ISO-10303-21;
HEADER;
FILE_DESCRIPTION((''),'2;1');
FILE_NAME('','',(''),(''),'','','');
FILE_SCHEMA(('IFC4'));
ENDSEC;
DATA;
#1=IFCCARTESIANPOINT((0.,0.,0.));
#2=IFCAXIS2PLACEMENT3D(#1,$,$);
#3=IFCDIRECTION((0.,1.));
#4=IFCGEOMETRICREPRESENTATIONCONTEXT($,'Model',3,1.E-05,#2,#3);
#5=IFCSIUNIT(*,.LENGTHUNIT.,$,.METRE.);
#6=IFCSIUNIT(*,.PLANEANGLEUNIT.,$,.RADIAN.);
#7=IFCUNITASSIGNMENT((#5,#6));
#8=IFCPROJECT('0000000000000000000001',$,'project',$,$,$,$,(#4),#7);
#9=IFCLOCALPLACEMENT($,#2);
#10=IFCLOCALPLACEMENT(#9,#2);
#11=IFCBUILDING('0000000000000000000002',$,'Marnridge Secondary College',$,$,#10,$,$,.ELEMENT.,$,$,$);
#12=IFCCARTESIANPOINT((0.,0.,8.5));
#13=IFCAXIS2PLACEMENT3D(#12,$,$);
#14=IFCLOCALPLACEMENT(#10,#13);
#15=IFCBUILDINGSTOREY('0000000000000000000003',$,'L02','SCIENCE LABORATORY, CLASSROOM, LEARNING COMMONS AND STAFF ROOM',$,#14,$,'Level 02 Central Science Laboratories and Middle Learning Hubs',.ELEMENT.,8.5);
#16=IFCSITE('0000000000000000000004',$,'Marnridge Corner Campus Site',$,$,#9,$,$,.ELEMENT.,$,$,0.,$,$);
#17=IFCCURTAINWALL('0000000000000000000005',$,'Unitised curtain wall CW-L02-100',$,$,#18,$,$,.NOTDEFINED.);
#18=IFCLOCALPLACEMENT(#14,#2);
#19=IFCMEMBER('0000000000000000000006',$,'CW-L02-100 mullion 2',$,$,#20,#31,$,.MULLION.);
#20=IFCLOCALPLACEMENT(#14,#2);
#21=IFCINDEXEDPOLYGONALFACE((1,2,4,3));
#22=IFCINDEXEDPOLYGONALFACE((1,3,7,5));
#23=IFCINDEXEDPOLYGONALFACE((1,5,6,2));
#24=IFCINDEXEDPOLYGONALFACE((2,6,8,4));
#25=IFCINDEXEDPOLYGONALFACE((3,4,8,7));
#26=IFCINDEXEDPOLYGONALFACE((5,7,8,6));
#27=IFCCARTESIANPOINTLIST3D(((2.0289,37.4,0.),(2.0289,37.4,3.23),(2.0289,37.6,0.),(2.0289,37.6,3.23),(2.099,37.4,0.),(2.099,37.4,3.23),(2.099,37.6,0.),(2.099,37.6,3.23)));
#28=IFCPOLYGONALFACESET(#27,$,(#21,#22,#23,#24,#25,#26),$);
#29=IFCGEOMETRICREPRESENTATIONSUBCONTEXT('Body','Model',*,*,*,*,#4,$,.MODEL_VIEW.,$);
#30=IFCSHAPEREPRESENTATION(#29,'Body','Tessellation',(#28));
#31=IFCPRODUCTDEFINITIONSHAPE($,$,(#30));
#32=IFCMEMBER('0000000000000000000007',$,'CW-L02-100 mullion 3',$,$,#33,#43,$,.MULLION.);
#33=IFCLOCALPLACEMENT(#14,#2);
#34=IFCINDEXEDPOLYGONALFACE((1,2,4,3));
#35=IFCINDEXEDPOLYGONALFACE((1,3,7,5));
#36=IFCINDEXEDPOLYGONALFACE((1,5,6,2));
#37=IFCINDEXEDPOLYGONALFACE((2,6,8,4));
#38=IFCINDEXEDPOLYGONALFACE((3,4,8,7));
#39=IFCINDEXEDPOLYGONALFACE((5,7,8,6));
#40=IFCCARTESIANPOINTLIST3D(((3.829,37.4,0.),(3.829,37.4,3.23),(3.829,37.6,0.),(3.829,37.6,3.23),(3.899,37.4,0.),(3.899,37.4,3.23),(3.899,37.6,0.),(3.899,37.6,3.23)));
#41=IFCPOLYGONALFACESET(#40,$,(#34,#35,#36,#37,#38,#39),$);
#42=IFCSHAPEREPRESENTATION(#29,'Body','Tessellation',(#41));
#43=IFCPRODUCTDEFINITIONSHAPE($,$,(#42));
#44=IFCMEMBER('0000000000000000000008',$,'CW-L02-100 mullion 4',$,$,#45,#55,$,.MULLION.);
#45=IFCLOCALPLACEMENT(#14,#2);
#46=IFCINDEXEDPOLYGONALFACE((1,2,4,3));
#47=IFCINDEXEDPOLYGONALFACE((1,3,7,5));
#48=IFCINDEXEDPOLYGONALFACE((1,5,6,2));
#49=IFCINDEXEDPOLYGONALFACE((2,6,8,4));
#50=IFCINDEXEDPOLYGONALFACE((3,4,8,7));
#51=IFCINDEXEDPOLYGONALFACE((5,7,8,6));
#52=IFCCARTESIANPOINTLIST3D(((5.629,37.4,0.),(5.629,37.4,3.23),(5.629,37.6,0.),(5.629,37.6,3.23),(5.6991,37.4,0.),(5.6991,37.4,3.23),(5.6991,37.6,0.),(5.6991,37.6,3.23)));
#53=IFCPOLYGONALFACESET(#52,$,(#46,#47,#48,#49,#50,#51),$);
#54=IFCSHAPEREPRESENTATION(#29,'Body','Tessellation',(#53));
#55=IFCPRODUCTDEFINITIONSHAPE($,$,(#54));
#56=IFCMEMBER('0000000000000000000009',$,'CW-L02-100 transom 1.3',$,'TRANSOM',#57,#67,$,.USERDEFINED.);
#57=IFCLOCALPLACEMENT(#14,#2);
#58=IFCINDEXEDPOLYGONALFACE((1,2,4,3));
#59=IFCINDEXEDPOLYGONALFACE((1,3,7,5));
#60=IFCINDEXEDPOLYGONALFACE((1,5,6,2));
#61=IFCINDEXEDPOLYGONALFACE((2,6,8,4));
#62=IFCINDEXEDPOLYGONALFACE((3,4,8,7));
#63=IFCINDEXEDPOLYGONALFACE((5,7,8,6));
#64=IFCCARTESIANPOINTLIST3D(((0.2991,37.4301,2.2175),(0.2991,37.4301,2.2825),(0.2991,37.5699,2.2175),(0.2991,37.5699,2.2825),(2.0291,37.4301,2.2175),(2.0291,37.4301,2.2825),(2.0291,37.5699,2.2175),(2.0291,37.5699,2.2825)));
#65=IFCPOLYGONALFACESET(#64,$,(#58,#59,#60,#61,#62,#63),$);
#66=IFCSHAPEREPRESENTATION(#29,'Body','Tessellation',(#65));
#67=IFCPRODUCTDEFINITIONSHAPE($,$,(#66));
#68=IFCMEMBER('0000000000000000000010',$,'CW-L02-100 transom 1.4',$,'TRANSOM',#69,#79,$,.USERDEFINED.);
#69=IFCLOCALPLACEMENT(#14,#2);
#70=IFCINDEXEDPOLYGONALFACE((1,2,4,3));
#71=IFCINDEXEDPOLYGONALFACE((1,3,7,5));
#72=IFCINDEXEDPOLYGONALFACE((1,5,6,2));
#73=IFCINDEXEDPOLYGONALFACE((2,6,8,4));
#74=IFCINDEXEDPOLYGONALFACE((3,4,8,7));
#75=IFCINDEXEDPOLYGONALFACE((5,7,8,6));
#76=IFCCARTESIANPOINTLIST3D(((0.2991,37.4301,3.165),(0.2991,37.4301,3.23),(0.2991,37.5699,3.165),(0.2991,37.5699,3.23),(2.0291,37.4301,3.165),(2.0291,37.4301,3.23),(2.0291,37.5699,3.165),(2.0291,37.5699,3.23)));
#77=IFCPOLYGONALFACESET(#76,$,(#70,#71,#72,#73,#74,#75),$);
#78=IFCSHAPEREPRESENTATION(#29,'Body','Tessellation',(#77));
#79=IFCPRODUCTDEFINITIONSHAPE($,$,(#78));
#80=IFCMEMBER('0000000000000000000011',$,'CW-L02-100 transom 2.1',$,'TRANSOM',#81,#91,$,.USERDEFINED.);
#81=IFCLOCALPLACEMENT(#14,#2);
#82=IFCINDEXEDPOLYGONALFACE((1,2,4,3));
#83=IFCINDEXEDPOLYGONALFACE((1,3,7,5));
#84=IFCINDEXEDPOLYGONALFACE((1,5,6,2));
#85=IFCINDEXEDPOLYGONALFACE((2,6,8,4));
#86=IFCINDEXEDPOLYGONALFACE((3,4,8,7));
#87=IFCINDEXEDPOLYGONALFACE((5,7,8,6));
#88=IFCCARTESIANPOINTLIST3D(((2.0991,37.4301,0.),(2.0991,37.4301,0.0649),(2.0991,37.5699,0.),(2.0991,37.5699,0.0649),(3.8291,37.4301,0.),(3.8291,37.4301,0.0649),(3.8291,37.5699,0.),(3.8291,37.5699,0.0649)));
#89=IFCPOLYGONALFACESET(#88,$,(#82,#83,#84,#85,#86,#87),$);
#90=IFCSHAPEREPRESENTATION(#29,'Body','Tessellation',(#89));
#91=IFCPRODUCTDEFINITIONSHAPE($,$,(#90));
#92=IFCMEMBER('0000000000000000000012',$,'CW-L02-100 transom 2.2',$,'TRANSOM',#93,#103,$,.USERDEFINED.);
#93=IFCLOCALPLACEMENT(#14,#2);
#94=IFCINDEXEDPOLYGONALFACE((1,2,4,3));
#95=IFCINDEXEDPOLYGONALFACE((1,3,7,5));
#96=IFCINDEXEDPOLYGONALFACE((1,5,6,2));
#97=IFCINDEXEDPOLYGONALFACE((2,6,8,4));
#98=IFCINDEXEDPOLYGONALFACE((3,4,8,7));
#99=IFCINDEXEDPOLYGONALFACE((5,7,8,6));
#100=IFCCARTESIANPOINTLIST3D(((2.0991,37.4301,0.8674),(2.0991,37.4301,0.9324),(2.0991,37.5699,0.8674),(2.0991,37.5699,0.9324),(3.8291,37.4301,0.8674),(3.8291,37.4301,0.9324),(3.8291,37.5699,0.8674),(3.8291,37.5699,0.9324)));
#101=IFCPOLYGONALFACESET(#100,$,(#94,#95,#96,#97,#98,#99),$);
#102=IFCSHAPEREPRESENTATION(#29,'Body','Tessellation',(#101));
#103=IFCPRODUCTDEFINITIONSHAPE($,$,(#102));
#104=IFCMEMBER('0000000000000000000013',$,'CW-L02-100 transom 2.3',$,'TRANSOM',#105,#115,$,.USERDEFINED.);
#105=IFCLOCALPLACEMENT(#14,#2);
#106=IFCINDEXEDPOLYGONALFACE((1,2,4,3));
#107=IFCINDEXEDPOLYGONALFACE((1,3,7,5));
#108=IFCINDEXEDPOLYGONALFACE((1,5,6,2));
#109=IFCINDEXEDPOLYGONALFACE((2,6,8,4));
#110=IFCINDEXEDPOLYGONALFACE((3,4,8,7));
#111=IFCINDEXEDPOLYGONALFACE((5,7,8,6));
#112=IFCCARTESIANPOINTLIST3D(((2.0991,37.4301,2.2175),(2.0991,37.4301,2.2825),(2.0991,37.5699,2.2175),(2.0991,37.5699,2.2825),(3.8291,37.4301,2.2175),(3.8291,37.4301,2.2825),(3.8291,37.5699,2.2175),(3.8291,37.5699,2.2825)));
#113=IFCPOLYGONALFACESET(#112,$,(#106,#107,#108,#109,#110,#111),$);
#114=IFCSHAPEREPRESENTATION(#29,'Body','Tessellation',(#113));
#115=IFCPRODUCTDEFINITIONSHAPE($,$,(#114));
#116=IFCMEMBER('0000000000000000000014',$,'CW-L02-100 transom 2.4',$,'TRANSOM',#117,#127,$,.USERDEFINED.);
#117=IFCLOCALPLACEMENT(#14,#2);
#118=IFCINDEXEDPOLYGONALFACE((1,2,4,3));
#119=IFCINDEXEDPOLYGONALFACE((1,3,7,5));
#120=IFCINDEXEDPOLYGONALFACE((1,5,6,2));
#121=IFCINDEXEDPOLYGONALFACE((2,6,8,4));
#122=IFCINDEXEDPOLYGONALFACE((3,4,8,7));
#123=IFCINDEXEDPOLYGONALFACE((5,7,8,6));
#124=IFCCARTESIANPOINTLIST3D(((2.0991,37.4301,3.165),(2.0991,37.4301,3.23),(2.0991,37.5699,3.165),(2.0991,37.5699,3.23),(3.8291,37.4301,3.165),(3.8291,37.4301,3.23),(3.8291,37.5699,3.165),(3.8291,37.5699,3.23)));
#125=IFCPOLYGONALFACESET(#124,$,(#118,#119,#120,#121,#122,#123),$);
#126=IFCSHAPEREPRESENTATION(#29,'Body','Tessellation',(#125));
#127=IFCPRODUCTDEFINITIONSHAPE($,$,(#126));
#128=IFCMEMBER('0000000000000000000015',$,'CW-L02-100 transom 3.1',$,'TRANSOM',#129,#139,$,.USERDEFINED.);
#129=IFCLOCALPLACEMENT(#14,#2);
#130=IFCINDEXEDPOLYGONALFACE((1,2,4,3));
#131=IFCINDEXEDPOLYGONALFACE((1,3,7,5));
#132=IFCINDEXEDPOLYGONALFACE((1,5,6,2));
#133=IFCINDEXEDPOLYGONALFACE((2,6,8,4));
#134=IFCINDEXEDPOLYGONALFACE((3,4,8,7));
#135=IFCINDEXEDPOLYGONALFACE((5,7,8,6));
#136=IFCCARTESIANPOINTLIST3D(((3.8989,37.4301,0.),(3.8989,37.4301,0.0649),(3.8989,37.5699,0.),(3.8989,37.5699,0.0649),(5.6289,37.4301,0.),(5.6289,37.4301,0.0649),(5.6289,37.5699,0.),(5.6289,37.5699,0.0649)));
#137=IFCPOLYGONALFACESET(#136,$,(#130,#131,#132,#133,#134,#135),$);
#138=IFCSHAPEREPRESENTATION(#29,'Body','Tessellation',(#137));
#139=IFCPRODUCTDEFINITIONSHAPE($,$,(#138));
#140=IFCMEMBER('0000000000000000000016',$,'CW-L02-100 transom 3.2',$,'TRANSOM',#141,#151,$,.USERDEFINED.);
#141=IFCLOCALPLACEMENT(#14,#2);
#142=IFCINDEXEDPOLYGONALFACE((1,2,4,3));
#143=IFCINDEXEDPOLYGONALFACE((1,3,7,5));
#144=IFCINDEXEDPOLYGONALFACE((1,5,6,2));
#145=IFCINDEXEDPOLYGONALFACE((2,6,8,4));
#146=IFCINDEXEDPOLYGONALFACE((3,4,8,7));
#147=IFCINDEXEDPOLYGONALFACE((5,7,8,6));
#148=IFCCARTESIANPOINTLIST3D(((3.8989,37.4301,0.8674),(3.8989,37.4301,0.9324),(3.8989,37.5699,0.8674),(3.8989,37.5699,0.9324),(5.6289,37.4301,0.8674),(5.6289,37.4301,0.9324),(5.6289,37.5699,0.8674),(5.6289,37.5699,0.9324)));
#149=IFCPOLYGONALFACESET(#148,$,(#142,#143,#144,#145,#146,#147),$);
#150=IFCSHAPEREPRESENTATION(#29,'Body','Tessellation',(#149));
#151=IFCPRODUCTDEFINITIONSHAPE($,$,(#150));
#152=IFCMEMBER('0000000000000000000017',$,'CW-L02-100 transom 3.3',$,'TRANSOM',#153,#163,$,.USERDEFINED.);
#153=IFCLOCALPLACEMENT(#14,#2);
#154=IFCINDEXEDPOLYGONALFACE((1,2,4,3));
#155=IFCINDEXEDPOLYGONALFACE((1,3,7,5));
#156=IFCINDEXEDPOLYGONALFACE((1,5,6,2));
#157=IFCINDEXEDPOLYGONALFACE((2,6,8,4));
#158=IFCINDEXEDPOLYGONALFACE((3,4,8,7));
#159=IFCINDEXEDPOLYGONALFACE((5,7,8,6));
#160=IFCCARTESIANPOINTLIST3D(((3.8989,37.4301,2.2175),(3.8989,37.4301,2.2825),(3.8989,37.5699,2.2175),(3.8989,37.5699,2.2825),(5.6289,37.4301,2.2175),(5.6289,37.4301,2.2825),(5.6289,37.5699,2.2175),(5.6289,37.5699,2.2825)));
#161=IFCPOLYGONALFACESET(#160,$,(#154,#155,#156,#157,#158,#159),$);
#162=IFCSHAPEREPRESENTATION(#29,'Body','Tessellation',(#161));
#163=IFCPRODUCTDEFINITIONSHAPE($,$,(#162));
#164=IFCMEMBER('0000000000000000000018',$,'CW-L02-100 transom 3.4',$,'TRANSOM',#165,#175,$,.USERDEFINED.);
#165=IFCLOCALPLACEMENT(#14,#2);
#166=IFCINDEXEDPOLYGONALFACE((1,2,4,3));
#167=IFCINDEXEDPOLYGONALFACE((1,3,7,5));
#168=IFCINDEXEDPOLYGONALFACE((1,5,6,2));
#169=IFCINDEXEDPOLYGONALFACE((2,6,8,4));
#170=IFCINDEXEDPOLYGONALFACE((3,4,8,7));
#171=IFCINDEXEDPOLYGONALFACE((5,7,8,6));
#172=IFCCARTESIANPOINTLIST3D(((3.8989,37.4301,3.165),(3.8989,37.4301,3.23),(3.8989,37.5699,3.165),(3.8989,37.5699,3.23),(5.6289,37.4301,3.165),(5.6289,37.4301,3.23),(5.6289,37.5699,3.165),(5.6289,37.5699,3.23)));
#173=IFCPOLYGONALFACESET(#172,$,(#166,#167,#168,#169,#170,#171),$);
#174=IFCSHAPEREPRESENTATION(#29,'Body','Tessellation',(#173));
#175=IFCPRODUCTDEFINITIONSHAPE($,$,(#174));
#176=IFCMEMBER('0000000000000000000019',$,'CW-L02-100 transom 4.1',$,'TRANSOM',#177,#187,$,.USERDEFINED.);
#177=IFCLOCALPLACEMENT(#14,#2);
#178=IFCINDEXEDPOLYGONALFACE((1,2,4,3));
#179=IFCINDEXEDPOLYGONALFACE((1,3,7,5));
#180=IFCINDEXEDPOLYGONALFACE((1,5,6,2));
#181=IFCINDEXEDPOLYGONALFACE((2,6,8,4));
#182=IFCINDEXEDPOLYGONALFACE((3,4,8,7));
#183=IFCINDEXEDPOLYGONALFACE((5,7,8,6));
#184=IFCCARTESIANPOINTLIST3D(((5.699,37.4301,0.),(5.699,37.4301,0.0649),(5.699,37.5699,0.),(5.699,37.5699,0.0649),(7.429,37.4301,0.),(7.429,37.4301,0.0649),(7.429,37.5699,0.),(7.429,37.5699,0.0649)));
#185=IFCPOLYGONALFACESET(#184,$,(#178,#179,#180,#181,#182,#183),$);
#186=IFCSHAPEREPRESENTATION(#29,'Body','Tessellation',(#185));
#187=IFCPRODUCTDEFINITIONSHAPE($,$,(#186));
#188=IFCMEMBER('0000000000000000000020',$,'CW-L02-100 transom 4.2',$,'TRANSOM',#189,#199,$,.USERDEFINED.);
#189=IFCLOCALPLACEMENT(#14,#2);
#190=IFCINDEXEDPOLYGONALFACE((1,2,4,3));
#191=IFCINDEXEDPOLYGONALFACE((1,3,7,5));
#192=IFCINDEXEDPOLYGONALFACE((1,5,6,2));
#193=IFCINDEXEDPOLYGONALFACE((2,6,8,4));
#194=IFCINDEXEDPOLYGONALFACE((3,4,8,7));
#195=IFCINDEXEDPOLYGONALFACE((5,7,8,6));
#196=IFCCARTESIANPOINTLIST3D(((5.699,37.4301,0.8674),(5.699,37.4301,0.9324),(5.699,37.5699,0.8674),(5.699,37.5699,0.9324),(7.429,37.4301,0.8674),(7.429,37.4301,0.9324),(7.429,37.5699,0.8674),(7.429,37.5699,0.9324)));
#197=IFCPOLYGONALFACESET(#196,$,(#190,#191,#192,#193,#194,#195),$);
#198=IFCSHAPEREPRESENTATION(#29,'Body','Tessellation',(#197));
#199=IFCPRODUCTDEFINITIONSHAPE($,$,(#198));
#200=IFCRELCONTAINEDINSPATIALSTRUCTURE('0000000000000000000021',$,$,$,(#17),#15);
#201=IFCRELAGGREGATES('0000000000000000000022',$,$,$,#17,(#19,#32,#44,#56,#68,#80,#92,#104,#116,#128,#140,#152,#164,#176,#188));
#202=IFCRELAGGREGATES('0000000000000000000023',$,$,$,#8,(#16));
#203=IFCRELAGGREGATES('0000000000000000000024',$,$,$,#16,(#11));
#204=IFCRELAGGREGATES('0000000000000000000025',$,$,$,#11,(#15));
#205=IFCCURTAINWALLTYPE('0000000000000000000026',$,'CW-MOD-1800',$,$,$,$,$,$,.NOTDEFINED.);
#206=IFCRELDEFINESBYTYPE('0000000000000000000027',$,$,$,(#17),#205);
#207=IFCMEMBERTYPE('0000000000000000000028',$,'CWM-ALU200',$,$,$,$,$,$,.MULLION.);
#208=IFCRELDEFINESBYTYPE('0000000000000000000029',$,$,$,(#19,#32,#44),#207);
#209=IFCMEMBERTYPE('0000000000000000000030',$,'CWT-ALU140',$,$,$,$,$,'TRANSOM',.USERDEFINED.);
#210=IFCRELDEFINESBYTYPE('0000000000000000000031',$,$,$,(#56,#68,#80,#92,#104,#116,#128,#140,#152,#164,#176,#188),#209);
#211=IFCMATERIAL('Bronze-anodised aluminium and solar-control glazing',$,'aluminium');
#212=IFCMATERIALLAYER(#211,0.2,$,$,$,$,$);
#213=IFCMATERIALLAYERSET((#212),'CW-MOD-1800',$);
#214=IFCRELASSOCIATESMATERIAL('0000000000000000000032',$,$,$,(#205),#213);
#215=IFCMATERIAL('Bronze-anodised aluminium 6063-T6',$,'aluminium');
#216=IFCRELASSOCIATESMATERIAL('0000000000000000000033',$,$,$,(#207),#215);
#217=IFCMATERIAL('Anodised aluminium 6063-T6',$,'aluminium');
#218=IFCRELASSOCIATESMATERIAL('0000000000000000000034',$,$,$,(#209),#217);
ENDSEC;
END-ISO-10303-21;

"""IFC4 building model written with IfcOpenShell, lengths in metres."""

from ifc_helpers import new_model, si_unit, direction, frame, origin, origin_2d, place, context, subcontext, project, spatial, rectangle, extrude, material, layer, layer_set, material_profile, profile_set, type_object, element, aggregate, save


model = new_model("IFC4")

# Units and contexts
model_context = context("Model", 3, precision=1e-05, world=origin(), true_north=direction((0.0, 1.0)))
body_context = subcontext(model_context, "Body", "Model", "MODEL_VIEW")
ifc_project = project(units=[si_unit("LENGTHUNIT", "METRE"), si_unit("PLANEANGLEUNIT", "RADIAN")], contexts=[model_context])

# Site, building, storey
site_placement = place(None, origin())
site = spatial("IfcSite", under=ifc_project, at=site_placement, Name="Marnridge Corner Campus Site", CompositionType="ELEMENT", RefElevation=0.0)
building_placement = place(site_placement, origin())
building = spatial("IfcBuilding", under=site, at=building_placement, Name="Marnridge Secondary College", CompositionType="ELEMENT")
storey_placement = place(building_placement, frame((0.0, 0.0, 8.5)))
storey = spatial("IfcBuildingStorey", under=building, at=storey_placement, Name="L02", Description="SCIENCE LABORATORY, CLASSROOM, LEARNING COMMONS AND STAFF ROOM", LongName="Level 02 Central Science Laboratories and Middle Learning Hubs", CompositionType="ELEMENT", Elevation=8.5)

# Curtain wall, members
ifc_material_1 = material(Name="Bronze-anodised aluminium and solar-control glazing", Category="aluminium")
ifc_layer_1 = layer(ifc_material_1, 0.2)
ifc_layer_set_1 = layer_set([ifc_layer_1], Name="CW-MOD-1800")
curtain_wall_type = type_object("IfcCurtainWallType", Name="CW-MOD-1800", PredefinedType="NOTDEFINED", material=ifc_layer_set_1)
curtain_wall_placement = place(storey_placement, origin())
curtain_wall = element("IfcCurtainWall", 1, at=curtain_wall_placement, inside=storey, type_object=curtain_wall_type, Name="Unitised curtain wall CW-L02-100", PredefinedType="NOTDEFINED")
ifc_material_2 = material(Name="Bronze-anodised aluminium 6063-T6", Category="aluminium")
ifc_material_profile_1 = material_profile(ifc_material_2, rectangle(XDim=0.0701, YDim=0.2, at=origin_2d()), Name="ALU 70x200")
ifc_profile_set_1 = profile_set([ifc_material_profile_1], Name="Bronze-anodised aluminium 6063-T6")
member_type_1 = type_object("IfcMemberType", Name="CWM-ALU200", PredefinedType="MULLION", material=ifc_profile_set_1)
member_1_placement = place(storey_placement, frame((2.064, 37.5, 0.0), z_axis=(0.0, 0.0, 1.0), x_axis=(1.0, 0.0, 0.0)))
member_1 = element("IfcMember", 2, at=member_1_placement, type_object=member_type_1, Name="CW-L02-100 mullion 2", PredefinedType="MULLION", context=body_context, shape_type="SweptSolid", body=[
    extrude(rectangle(XDim=0.0701, YDim=0.2, at=origin_2d()), origin(), (0.0, 0.0, 1.0), 3.23),
])
member_2_placement = place(storey_placement, frame((3.864, 37.5, 0.0), z_axis=(0.0, 0.0, 1.0), x_axis=(1.0, 0.0, 0.0)))
member_2 = element("IfcMember", 3, at=member_2_placement, type_object=member_type_1, Name="CW-L02-100 mullion 3", PredefinedType="MULLION", context=body_context, shape_type="SweptSolid", body=[
    extrude(rectangle(XDim=0.0701, YDim=0.2, at=origin_2d()), origin(), (0.0, 0.0, 1.0), 3.23),
])
member_3_placement = place(storey_placement, frame((5.6641, 37.5, 0.0), z_axis=(0.0, 0.0, 1.0), x_axis=(1.0, 0.0, 0.0)))
member_3 = element("IfcMember", 4, at=member_3_placement, type_object=member_type_1, Name="CW-L02-100 mullion 4", PredefinedType="MULLION", context=body_context, shape_type="SweptSolid", body=[
    extrude(rectangle(XDim=0.0701, YDim=0.2, at=origin_2d()), origin(), (0.0, 0.0, 1.0), 3.23),
])
ifc_material_3 = material(Name="Anodised aluminium 6063-T6", Category="aluminium")
ifc_material_profile_2 = material_profile(ifc_material_3, rectangle(XDim=0.0649, YDim=0.1399, at=origin_2d()), Name="ALU 65x140")
ifc_profile_set_2 = profile_set([ifc_material_profile_2], Name="Anodised aluminium 6063-T6")
member_type_2 = type_object("IfcMemberType", Name="CWT-ALU140", ElementType="TRANSOM", PredefinedType="USERDEFINED", material=ifc_profile_set_2)
member_4_placement = place(storey_placement, frame((0.2991, 37.5, 2.25), z_axis=(1.0, 0.0, 0.0), x_axis=(0.0, 0.0, 1.0)))
member_4 = element("IfcMember", 5, at=member_4_placement, type_object=member_type_2, Name="CW-L02-100 transom 1.3", ObjectType="TRANSOM", PredefinedType="USERDEFINED", context=body_context, shape_type="SweptSolid", body=[
    extrude(rectangle(XDim=0.0649, YDim=0.1399, at=origin_2d()), origin(), (0.0, 0.0, 1.0), 1.73),
])
member_5_placement = place(storey_placement, frame((0.2991, 37.5, 3.1975), z_axis=(1.0, 0.0, 0.0), x_axis=(0.0, 0.0, 1.0)))
member_5 = element("IfcMember", 6, at=member_5_placement, type_object=member_type_2, Name="CW-L02-100 transom 1.4", ObjectType="TRANSOM", PredefinedType="USERDEFINED", context=body_context, shape_type="SweptSolid", body=[
    extrude(rectangle(XDim=0.0649, YDim=0.1399, at=origin_2d()), origin(), (0.0, 0.0, 1.0), 1.73),
])
member_6_placement = place(storey_placement, frame((2.0991, 37.5, 0.0325), z_axis=(1.0, 0.0, 0.0), x_axis=(0.0, 0.0, 1.0)))
member_6 = element("IfcMember", 7, at=member_6_placement, type_object=member_type_2, Name="CW-L02-100 transom 2.1", ObjectType="TRANSOM", PredefinedType="USERDEFINED", context=body_context, shape_type="SweptSolid", body=[
    extrude(rectangle(XDim=0.0649, YDim=0.1399, at=origin_2d()), origin(), (0.0, 0.0, 1.0), 1.73),
])
member_7_placement = place(storey_placement, frame((2.0991, 37.5, 0.8999), z_axis=(1.0, 0.0, 0.0), x_axis=(0.0, 0.0, 1.0)))
member_7 = element("IfcMember", 8, at=member_7_placement, type_object=member_type_2, Name="CW-L02-100 transom 2.2", ObjectType="TRANSOM", PredefinedType="USERDEFINED", context=body_context, shape_type="SweptSolid", body=[
    extrude(rectangle(XDim=0.0649, YDim=0.1399, at=origin_2d()), origin(), (0.0, 0.0, 1.0), 1.73),
])
member_8_placement = place(storey_placement, frame((2.0991, 37.5, 2.25), z_axis=(1.0, 0.0, 0.0), x_axis=(0.0, 0.0, 1.0)))
member_8 = element("IfcMember", 9, at=member_8_placement, type_object=member_type_2, Name="CW-L02-100 transom 2.3", ObjectType="TRANSOM", PredefinedType="USERDEFINED", context=body_context, shape_type="SweptSolid", body=[
    extrude(rectangle(XDim=0.0649, YDim=0.1399, at=origin_2d()), origin(), (0.0, 0.0, 1.0), 1.73),
])
member_9_placement = place(storey_placement, frame((2.0991, 37.5, 3.1975), z_axis=(1.0, 0.0, 0.0), x_axis=(0.0, 0.0, 1.0)))
member_9 = element("IfcMember", 10, at=member_9_placement, type_object=member_type_2, Name="CW-L02-100 transom 2.4", ObjectType="TRANSOM", PredefinedType="USERDEFINED", context=body_context, shape_type="SweptSolid", body=[
    extrude(rectangle(XDim=0.0649, YDim=0.1399, at=origin_2d()), origin(), (0.0, 0.0, 1.0), 1.73),
])
member_10_placement = place(storey_placement, frame((3.8989, 37.5, 0.0325), z_axis=(1.0, 0.0, 0.0), x_axis=(0.0, 0.0, 1.0)))
member_10 = element("IfcMember", 11, at=member_10_placement, type_object=member_type_2, Name="CW-L02-100 transom 3.1", ObjectType="TRANSOM", PredefinedType="USERDEFINED", context=body_context, shape_type="SweptSolid", body=[
    extrude(rectangle(XDim=0.0649, YDim=0.1399, at=origin_2d()), origin(), (0.0, 0.0, 1.0), 1.73),
])
member_11_placement = place(storey_placement, frame((3.8989, 37.5, 0.8999), z_axis=(1.0, 0.0, 0.0), x_axis=(0.0, 0.0, 1.0)))
member_11 = element("IfcMember", 12, at=member_11_placement, type_object=member_type_2, Name="CW-L02-100 transom 3.2", ObjectType="TRANSOM", PredefinedType="USERDEFINED", context=body_context, shape_type="SweptSolid", body=[
    extrude(rectangle(XDim=0.0649, YDim=0.1399, at=origin_2d()), origin(), (0.0, 0.0, 1.0), 1.73),
])
member_12_placement = place(storey_placement, frame((3.8989, 37.5, 2.25), z_axis=(1.0, 0.0, 0.0), x_axis=(0.0, 0.0, 1.0)))
member_12 = element("IfcMember", 13, at=member_12_placement, type_object=member_type_2, Name="CW-L02-100 transom 3.3", ObjectType="TRANSOM", PredefinedType="USERDEFINED", context=body_context, shape_type="SweptSolid", body=[
    extrude(rectangle(XDim=0.0649, YDim=0.1399, at=origin_2d()), origin(), (0.0, 0.0, 1.0), 1.73),
])
member_13_placement = place(storey_placement, frame((3.8989, 37.5, 3.1975), z_axis=(1.0, 0.0, 0.0), x_axis=(0.0, 0.0, 1.0)))
member_13 = element("IfcMember", 14, at=member_13_placement, type_object=member_type_2, Name="CW-L02-100 transom 3.4", ObjectType="TRANSOM", PredefinedType="USERDEFINED", context=body_context, shape_type="SweptSolid", body=[
    extrude(rectangle(XDim=0.0649, YDim=0.1399, at=origin_2d()), origin(), (0.0, 0.0, 1.0), 1.73),
])
member_14_placement = place(storey_placement, frame((5.699, 37.5, 0.0325), z_axis=(1.0, 0.0, 0.0), x_axis=(0.0, 0.0, 1.0)))
member_14 = element("IfcMember", 15, at=member_14_placement, type_object=member_type_2, Name="CW-L02-100 transom 4.1", ObjectType="TRANSOM", PredefinedType="USERDEFINED", context=body_context, shape_type="SweptSolid", body=[
    extrude(rectangle(XDim=0.0649, YDim=0.1399, at=origin_2d()), origin(), (0.0, 0.0, 1.0), 1.73),
])
member_15_placement = place(storey_placement, frame((5.699, 37.5, 0.8999), z_axis=(1.0, 0.0, 0.0), x_axis=(0.0, 0.0, 1.0)))
member_15 = element("IfcMember", 16, at=member_15_placement, type_object=member_type_2, Name="CW-L02-100 transom 4.2", ObjectType="TRANSOM", PredefinedType="USERDEFINED", context=body_context, shape_type="SweptSolid", body=[
    extrude(rectangle(XDim=0.0649, YDim=0.1399, at=origin_2d()), origin(), (0.0, 0.0, 1.0), 1.73),
])
aggregate(curtain_wall, [member_1, member_2, member_3, member_4, member_5, member_6, member_7, member_8, member_9, member_10, member_11, member_12, member_13, member_14, member_15])

save(model, "model.ifc")
